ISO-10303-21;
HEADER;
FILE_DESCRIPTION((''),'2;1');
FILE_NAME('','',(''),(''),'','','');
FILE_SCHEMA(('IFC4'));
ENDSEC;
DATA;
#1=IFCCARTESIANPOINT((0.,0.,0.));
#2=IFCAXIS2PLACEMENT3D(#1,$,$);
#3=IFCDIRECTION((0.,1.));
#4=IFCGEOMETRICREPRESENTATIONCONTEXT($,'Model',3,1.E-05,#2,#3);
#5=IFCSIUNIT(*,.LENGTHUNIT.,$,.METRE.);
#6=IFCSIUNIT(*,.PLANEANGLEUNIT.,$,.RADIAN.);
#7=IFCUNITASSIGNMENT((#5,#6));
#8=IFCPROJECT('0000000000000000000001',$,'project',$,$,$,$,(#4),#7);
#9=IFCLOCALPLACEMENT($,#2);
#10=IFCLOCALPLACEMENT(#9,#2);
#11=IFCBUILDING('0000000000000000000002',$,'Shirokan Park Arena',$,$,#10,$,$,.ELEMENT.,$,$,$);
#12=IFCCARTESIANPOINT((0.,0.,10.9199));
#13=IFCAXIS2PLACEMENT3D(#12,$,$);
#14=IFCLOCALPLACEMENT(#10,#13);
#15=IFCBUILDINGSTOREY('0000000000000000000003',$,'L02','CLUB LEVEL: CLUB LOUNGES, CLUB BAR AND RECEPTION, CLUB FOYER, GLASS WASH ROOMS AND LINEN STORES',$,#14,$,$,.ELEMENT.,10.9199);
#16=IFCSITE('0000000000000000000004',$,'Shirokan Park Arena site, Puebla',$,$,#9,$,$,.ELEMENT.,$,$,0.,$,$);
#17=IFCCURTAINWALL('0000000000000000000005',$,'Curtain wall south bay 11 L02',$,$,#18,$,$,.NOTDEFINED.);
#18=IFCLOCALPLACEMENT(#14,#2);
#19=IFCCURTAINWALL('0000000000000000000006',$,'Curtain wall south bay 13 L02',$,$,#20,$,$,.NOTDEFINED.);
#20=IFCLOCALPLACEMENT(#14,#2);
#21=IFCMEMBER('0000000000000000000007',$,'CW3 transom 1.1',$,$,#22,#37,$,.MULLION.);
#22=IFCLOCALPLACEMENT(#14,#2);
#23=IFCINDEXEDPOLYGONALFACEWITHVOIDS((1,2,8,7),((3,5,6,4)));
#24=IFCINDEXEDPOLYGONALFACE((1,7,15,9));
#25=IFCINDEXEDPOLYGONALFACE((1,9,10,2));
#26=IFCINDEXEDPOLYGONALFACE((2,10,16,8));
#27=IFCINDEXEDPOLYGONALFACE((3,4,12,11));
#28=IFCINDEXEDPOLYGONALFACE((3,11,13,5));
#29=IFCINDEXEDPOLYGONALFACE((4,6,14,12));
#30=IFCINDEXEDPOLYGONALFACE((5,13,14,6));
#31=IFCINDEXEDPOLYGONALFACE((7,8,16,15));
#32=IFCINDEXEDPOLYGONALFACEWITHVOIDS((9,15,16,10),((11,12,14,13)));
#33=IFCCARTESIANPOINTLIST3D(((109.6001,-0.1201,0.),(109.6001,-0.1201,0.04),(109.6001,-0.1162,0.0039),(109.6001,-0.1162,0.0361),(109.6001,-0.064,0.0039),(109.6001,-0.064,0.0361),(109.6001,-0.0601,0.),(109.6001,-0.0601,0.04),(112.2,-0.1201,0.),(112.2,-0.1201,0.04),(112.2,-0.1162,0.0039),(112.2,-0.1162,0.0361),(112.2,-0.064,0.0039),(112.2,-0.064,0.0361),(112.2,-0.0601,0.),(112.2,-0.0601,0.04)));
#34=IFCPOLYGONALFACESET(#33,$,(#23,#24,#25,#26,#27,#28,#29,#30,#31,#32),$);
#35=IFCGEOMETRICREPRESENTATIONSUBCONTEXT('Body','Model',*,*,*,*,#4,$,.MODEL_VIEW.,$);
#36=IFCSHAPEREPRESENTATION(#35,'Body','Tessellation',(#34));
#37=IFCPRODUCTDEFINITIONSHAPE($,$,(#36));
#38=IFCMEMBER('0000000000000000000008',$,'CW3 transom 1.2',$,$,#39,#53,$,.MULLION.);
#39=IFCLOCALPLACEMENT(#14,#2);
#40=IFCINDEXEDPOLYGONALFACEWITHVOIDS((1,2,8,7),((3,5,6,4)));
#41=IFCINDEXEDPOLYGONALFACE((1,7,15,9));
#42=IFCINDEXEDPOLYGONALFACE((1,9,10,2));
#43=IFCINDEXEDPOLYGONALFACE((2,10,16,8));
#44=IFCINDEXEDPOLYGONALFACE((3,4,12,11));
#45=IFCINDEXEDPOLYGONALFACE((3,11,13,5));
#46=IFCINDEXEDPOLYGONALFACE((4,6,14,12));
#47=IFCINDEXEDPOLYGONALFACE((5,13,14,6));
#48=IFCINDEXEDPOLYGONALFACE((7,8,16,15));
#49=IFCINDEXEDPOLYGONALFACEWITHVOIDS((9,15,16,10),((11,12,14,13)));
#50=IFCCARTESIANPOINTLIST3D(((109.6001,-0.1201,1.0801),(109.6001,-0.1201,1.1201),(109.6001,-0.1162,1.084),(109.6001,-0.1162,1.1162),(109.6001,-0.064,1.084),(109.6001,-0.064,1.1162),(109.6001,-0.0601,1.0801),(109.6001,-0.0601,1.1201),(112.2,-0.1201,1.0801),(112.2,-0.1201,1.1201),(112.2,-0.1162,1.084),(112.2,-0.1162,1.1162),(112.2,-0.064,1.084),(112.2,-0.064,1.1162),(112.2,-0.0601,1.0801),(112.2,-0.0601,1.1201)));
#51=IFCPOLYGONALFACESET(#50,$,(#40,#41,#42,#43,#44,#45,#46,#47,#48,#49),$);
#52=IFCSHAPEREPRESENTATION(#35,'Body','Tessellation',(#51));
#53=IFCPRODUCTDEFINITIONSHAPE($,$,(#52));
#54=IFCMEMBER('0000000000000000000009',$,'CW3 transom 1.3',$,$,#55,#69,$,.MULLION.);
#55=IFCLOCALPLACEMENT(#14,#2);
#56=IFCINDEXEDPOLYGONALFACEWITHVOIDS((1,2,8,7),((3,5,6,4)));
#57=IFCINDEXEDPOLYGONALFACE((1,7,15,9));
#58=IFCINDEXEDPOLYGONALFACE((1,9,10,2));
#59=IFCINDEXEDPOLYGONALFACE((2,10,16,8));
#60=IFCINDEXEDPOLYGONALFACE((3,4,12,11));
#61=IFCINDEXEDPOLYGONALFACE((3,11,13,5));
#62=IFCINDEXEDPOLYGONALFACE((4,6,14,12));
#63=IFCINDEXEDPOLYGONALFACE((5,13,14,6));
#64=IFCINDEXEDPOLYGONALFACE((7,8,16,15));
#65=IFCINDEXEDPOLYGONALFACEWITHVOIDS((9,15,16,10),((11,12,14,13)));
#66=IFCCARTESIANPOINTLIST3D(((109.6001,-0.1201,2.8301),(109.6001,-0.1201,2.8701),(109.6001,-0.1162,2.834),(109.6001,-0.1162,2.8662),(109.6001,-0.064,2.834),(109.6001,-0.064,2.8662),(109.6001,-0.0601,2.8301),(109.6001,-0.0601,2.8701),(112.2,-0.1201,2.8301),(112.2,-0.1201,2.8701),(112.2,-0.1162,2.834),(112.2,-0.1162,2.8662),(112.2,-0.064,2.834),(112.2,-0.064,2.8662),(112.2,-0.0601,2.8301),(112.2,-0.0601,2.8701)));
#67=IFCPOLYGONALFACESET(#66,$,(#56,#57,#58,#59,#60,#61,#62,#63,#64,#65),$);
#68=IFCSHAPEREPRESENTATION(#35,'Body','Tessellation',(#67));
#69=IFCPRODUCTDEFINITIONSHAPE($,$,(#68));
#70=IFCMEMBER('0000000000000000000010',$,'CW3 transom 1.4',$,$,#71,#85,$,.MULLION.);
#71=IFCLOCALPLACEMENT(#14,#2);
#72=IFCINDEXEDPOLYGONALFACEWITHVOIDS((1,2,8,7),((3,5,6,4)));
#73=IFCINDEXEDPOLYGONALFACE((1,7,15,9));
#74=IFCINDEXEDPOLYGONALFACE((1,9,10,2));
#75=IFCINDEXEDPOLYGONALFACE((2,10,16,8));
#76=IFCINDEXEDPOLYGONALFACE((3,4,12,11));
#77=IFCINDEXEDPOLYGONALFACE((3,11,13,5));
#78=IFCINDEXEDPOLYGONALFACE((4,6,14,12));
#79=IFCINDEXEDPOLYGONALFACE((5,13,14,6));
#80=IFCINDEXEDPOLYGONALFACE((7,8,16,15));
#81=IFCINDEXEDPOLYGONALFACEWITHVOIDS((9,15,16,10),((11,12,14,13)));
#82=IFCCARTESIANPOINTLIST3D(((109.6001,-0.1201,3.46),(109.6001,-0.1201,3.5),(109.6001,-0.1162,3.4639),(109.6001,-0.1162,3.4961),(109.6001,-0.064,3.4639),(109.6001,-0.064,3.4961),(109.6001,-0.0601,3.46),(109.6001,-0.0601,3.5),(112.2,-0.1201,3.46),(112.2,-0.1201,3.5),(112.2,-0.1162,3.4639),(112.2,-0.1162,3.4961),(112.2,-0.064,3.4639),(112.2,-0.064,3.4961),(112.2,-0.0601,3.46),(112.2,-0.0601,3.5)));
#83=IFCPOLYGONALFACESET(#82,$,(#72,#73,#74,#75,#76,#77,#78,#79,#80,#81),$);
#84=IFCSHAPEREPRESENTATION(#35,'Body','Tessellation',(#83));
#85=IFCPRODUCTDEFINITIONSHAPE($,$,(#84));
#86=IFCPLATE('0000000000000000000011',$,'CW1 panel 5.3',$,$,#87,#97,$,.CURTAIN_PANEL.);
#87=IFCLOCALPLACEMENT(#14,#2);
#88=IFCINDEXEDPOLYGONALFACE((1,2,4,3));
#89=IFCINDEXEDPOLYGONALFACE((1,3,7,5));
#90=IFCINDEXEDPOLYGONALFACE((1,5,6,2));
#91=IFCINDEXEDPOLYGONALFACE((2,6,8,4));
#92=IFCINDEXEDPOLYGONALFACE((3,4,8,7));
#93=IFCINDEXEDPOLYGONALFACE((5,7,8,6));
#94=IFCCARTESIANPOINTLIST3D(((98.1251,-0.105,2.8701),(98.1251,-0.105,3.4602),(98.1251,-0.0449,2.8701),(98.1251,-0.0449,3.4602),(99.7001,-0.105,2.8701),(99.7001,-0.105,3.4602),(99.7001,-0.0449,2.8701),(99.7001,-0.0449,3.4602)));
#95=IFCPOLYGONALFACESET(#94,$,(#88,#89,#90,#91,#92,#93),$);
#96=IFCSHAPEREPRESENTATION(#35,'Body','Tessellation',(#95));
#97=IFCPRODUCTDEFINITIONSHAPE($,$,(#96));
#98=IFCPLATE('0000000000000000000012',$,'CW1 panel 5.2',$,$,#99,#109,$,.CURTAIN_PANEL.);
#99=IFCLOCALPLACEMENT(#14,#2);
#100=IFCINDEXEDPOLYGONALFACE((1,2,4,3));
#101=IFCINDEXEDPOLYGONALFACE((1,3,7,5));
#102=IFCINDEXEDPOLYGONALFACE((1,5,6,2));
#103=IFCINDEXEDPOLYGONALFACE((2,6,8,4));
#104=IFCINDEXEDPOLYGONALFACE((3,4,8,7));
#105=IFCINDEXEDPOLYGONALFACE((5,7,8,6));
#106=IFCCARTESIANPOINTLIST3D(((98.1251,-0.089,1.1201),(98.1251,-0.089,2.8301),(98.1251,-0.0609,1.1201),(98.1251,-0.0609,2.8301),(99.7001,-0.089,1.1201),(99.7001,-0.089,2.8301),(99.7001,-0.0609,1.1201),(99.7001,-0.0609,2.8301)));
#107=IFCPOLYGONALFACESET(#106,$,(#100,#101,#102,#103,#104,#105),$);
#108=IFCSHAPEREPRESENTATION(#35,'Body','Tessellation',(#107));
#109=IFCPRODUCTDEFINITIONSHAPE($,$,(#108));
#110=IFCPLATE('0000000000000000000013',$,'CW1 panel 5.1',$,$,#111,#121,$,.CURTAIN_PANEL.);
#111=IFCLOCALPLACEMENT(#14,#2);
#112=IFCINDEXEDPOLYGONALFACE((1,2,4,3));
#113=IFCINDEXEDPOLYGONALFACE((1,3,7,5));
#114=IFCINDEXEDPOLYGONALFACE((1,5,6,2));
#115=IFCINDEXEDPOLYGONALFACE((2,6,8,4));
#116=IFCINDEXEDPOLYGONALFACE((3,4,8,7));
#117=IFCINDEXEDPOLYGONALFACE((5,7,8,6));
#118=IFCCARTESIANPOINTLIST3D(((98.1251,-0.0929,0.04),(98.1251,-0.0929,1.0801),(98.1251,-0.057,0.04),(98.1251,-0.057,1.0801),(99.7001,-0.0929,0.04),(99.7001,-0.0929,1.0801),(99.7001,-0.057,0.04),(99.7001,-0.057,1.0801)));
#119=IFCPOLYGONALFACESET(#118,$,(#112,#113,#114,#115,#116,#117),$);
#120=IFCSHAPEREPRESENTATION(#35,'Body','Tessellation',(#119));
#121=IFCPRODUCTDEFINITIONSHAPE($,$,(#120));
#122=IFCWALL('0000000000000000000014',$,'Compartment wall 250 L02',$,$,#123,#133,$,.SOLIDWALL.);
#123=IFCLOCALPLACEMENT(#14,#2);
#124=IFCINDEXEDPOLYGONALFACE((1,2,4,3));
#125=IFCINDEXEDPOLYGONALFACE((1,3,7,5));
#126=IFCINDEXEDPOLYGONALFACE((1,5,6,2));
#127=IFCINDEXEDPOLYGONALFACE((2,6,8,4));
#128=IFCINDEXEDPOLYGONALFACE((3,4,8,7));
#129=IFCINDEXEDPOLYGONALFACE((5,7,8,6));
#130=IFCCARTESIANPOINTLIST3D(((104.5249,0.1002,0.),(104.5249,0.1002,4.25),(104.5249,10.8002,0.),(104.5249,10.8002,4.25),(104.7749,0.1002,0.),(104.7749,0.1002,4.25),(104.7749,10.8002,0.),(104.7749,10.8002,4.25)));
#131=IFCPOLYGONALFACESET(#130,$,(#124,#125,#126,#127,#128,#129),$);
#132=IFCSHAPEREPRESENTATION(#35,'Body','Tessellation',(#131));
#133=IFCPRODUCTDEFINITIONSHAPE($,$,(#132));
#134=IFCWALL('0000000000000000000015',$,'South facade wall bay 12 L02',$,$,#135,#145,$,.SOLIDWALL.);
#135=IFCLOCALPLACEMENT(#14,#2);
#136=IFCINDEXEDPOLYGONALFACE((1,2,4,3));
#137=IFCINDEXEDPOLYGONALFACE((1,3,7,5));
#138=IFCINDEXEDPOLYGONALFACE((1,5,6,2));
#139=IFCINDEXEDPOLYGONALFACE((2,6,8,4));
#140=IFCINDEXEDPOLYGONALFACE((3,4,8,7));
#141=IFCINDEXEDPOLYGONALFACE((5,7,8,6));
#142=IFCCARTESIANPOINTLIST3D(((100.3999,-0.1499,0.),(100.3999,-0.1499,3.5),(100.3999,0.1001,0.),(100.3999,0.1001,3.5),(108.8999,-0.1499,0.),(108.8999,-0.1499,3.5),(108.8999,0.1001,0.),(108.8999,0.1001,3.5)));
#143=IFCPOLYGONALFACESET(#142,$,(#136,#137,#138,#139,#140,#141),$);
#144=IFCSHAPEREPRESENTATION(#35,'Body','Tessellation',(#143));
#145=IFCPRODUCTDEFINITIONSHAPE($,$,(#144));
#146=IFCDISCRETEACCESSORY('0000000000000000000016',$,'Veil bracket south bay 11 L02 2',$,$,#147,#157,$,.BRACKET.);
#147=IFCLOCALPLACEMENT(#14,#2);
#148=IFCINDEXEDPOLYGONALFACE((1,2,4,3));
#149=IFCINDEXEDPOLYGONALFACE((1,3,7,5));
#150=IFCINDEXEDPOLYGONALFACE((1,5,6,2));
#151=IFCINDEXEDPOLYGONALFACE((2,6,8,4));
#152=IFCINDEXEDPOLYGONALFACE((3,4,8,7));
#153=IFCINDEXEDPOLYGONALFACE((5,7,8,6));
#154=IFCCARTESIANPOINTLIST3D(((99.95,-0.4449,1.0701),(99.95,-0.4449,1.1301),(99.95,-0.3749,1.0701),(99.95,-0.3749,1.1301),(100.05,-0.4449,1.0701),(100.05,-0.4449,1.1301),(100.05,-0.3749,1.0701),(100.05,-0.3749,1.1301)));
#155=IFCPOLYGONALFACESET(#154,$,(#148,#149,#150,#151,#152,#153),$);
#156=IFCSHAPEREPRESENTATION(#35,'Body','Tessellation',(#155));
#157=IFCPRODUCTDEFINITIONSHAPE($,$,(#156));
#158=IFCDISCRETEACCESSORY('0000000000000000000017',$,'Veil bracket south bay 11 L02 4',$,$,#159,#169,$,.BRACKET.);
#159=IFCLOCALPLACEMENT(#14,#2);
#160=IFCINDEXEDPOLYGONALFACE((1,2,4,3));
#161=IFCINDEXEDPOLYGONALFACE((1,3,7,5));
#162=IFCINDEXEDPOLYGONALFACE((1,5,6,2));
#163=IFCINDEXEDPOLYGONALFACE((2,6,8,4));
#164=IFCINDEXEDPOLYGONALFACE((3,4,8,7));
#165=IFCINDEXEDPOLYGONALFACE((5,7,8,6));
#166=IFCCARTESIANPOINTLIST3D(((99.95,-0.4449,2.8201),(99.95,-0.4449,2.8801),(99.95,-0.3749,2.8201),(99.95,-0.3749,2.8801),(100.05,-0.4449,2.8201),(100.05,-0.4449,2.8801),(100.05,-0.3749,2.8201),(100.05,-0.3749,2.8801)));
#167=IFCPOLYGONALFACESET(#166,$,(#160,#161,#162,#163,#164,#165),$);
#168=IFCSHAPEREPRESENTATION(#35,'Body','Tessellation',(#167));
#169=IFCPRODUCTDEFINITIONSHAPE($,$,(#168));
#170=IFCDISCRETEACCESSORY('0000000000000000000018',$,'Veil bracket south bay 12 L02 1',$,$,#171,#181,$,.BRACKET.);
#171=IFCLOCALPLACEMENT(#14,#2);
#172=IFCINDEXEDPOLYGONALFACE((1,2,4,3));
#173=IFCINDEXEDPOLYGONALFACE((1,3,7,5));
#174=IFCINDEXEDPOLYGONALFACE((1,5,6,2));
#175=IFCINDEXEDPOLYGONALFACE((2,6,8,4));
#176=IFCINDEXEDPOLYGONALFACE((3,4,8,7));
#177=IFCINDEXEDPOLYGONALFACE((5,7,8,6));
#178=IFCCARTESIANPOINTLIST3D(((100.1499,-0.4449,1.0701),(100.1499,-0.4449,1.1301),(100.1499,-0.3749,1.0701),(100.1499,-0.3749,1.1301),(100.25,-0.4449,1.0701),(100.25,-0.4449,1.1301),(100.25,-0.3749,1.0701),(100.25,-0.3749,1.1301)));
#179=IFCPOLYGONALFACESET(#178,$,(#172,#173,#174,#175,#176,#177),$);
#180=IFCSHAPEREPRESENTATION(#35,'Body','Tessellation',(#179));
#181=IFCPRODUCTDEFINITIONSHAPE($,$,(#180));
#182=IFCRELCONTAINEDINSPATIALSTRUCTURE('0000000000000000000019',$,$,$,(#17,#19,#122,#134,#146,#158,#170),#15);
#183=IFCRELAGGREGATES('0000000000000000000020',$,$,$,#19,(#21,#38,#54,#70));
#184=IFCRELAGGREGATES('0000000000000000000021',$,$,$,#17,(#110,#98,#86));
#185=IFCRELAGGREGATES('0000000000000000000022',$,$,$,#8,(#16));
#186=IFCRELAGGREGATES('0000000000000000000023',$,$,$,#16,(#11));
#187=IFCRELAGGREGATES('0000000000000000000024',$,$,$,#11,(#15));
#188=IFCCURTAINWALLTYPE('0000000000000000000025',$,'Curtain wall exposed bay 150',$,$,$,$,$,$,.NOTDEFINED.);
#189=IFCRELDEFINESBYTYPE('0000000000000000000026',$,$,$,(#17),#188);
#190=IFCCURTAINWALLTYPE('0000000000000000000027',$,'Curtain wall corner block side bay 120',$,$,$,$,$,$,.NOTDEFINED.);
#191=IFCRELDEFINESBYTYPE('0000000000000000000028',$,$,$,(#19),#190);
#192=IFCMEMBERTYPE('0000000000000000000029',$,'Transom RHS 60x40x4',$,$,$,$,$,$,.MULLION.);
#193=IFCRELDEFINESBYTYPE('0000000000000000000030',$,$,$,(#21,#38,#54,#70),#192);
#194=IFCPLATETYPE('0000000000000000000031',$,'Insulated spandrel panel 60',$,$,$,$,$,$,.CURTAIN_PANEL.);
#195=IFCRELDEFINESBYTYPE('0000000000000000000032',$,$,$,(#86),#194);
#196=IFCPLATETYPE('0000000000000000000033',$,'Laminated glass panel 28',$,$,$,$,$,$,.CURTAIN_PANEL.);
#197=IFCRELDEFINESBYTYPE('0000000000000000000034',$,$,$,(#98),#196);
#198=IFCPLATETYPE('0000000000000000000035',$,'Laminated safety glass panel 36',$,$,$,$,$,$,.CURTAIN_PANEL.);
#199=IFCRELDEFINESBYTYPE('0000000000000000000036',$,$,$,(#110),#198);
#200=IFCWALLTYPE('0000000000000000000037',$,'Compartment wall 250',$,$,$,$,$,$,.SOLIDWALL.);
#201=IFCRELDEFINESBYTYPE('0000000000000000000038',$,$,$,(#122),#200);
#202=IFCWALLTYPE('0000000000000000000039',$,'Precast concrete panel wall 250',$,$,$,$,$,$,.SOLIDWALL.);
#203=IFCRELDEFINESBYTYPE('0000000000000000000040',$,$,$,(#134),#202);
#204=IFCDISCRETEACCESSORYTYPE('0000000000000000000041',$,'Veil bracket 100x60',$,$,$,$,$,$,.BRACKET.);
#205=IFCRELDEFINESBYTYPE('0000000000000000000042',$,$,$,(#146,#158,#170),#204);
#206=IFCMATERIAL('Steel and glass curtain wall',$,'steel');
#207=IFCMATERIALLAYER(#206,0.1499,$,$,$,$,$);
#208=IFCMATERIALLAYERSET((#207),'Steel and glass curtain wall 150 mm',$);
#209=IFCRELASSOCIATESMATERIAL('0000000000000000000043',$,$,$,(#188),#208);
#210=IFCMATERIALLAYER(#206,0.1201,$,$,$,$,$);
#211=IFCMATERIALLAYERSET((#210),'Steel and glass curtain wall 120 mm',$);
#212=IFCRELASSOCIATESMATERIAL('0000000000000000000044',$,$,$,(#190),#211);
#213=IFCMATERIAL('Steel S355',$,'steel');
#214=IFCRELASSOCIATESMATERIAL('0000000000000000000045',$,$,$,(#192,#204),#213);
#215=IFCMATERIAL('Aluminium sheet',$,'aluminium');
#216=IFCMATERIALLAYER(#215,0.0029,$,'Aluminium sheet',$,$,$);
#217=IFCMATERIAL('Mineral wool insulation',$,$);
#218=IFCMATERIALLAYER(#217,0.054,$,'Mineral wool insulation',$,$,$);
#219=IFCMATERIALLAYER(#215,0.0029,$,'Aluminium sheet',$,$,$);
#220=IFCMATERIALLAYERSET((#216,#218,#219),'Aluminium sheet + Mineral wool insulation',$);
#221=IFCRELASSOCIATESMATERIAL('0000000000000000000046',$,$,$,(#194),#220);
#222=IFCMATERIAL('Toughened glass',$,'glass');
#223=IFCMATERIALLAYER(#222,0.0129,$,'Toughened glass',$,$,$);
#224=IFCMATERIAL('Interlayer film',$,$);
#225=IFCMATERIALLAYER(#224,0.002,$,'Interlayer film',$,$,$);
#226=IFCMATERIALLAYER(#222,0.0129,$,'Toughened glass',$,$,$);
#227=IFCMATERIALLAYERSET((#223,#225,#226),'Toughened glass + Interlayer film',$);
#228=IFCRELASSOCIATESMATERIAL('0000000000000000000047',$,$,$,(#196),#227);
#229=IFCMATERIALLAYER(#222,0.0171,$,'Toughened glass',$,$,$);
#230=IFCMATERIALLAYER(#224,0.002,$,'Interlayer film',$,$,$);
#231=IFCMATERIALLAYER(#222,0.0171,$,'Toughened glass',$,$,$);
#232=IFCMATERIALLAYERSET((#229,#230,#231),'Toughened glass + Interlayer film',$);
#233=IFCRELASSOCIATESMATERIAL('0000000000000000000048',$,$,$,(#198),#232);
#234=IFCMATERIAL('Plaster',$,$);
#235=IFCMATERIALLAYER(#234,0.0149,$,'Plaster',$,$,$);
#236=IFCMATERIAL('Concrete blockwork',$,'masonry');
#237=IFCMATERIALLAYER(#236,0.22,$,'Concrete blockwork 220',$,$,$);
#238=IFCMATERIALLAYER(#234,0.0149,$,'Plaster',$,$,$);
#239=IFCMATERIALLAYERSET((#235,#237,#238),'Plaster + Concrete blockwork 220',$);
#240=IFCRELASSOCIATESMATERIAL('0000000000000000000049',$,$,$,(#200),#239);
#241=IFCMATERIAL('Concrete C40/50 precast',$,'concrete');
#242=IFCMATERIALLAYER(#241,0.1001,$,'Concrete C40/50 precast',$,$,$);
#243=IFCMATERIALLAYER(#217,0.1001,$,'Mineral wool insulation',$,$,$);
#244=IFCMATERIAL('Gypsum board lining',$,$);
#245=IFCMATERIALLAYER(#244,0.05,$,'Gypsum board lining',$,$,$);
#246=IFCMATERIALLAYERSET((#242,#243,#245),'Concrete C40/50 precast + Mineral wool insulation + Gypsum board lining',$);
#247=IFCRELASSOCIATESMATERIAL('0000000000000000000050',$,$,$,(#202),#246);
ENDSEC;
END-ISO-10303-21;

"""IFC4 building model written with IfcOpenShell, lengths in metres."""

from ifc_helpers import new_model, si_unit, direction, frame, frame_2d, origin, origin_2d, place, context, subcontext, project, spatial, rectangle, hollow_rectangle, extrude, material, layer, layer_set, material_profile, profile_set, type_object, element, aggregate, save


model = new_model("IFC4")

# Units and contexts
model_context = context("Model", 3, precision=1e-05, world=origin(), true_north=direction((0.0, 1.0)))
body_context = subcontext(model_context, "Body", "Model", "MODEL_VIEW")
ifc_project = project(units=[si_unit("LENGTHUNIT", "METRE"), si_unit("PLANEANGLEUNIT", "RADIAN")], contexts=[model_context])

# Site, building, storey
site_placement = place(None, origin())
site = spatial("IfcSite", under=ifc_project, at=site_placement, Name="Shirokan Park Arena site, Puebla", CompositionType="ELEMENT", RefElevation=0.0)
building_placement = place(site_placement, origin())
building = spatial("IfcBuilding", under=site, at=building_placement, Name="Shirokan Park Arena", CompositionType="ELEMENT")
storey_placement = place(building_placement, frame((0.0, 0.0, 10.9199)))
storey = spatial("IfcBuildingStorey", under=building, at=storey_placement, Name="L02", Description="CLUB LEVEL: CLUB LOUNGES, CLUB BAR AND RECEPTION, CLUB FOYER, GLASS WASH ROOMS AND LINEN STORES", CompositionType="ELEMENT", Elevation=10.9199)

# Curtain walls
ifc_material_1 = material(Name="Steel and glass curtain wall", Category="steel")
ifc_layer_1 = layer(ifc_material_1, 0.1499)
ifc_layer_set_1 = layer_set([ifc_layer_1], Name="Steel and glass curtain wall 150 mm")
curtain_wall_type_1 = type_object("IfcCurtainWallType", Name="Curtain wall exposed bay 150", PredefinedType="NOTDEFINED", material=ifc_layer_set_1)
curtain_wall_1_placement = place(storey_placement, origin())
curtain_wall_1 = element("IfcCurtainWall", 1, at=curtain_wall_1_placement, inside=storey, type_object=curtain_wall_type_1, Name="Curtain wall south bay 11 L02", PredefinedType="NOTDEFINED")
ifc_material_2 = material(Name="Steel S355", Category="steel")
ifc_layer_2 = layer(ifc_material_1, 0.1201)
ifc_layer_set_2 = layer_set([ifc_layer_2], Name="Steel and glass curtain wall 120 mm")
curtain_wall_type_2 = type_object("IfcCurtainWallType", Name="Curtain wall corner block side bay 120", PredefinedType="NOTDEFINED", material=ifc_layer_set_2)
curtain_wall_2_placement = place(storey_placement, origin())
curtain_wall_2 = element("IfcCurtainWall", 2, at=curtain_wall_2_placement, inside=storey, type_object=curtain_wall_type_2, Name="Curtain wall south bay 13 L02", PredefinedType="NOTDEFINED")

# Members
ifc_material_profile_1 = material_profile(ifc_material_2, hollow_rectangle(XDim=0.0601, YDim=0.04, WallThickness=0.0039, at=origin_2d()), Name="RHS 60x40x4")
ifc_profile_set_1 = profile_set([ifc_material_profile_1], Name="Steel S355")
member_type_1 = type_object("IfcMemberType", Name="Transom RHS 60x40x4", PredefinedType="MULLION", material=ifc_profile_set_1)
member_1_placement = place(storey_placement, frame((109.6001, -0.0901, 0.02), z_axis=(1.0, 0.0, 0.0), x_axis=(0.0, 1.0, 0.0)))
member_1 = element("IfcMember", 3, at=member_1_placement, type_object=member_type_1, Name="CW3 transom 1.1", PredefinedType="MULLION", context=body_context, shape_type="SweptSolid", body=[
    extrude(hollow_rectangle(XDim=0.0601, YDim=0.04, WallThickness=0.0039, at=origin_2d()), origin(), (0.0, 0.0, 1.0), 2.5999),
])
member_2_placement = place(storey_placement, frame((109.6001, -0.0901, 1.1001), z_axis=(1.0, 0.0, 0.0), x_axis=(0.0, 1.0, 0.0)))
member_2 = element("IfcMember", 4, at=member_2_placement, type_object=member_type_1, Name="CW3 transom 1.2", PredefinedType="MULLION", context=body_context, shape_type="SweptSolid", body=[
    extrude(hollow_rectangle(XDim=0.0601, YDim=0.04, WallThickness=0.0039, at=origin_2d()), origin(), (0.0, 0.0, 1.0), 2.5999),
])
member_3_placement = place(storey_placement, frame((109.6001, -0.0901, 2.8501), z_axis=(1.0, 0.0, 0.0), x_axis=(0.0, 1.0, 0.0)))
member_3 = element("IfcMember", 5, at=member_3_placement, type_object=member_type_1, Name="CW3 transom 1.3", PredefinedType="MULLION", context=body_context, shape_type="SweptSolid", body=[
    extrude(hollow_rectangle(XDim=0.0601, YDim=0.04, WallThickness=0.0039, at=origin_2d()), origin(), (0.0, 0.0, 1.0), 2.5999),
])
member_4_placement = place(storey_placement, frame((109.6001, -0.0901, 3.48), z_axis=(1.0, 0.0, 0.0), x_axis=(0.0, 1.0, 0.0)))
member_4 = element("IfcMember", 6, at=member_4_placement, type_object=member_type_1, Name="CW3 transom 1.4", PredefinedType="MULLION", context=body_context, shape_type="SweptSolid", body=[
    extrude(hollow_rectangle(XDim=0.0601, YDim=0.04, WallThickness=0.0039, at=origin_2d()), origin(), (0.0, 0.0, 1.0), 2.5999),
])
aggregate(curtain_wall_2, [member_1, member_2, member_3, member_4])

# Plates
ifc_material_3 = material(Name="Aluminium sheet", Category="aluminium")
ifc_layer_3 = layer(ifc_material_3, 0.0029, Name="Aluminium sheet")
ifc_material_4 = material(Name="Mineral wool insulation")
ifc_layer_4 = layer(ifc_material_4, 0.054, Name="Mineral wool insulation")
ifc_layer_5 = layer(ifc_material_3, 0.0029, Name="Aluminium sheet")
ifc_layer_set_3 = layer_set([ifc_layer_3, ifc_layer_4, ifc_layer_5], Name="Aluminium sheet + Mineral wool insulation")
plate_type_1 = type_object("IfcPlateType", Name="Insulated spandrel panel 60", PredefinedType="CURTAIN_PANEL", material=ifc_layer_set_3)
plate_1_placement = place(storey_placement, frame((98.9126, -0.075, 2.8701), z_axis=(0.0, 0.0, 1.0), x_axis=(1.0, 0.0, 0.0)))
plate_1 = element("IfcPlate", 7, at=plate_1_placement, type_object=plate_type_1, Name="CW1 panel 5.3", PredefinedType="CURTAIN_PANEL", context=body_context, shape_type="SweptSolid", body=[
    extrude(rectangle(XDim=1.575, YDim=0.0601, at=origin_2d()), origin(), (0.0, 0.0, 1.0), 0.5901),
])
ifc_material_5 = material(Name="Toughened glass", Category="glass")
ifc_layer_6 = layer(ifc_material_5, 0.0129, Name="Toughened glass")
ifc_material_6 = material(Name="Interlayer film")
ifc_layer_7 = layer(ifc_material_6, 0.002, Name="Interlayer film")
ifc_layer_8 = layer(ifc_material_5, 0.0129, Name="Toughened glass")
ifc_layer_set_4 = layer_set([ifc_layer_6, ifc_layer_7, ifc_layer_8], Name="Toughened glass + Interlayer film")
plate_type_2 = type_object("IfcPlateType", Name="Laminated glass panel 28", PredefinedType="CURTAIN_PANEL", material=ifc_layer_set_4)
plate_2_placement = place(storey_placement, frame((98.9126, -0.075, 1.1201), z_axis=(0.0, 0.0, 1.0), x_axis=(1.0, 0.0, 0.0)))
plate_2 = element("IfcPlate", 8, at=plate_2_placement, type_object=plate_type_2, Name="CW1 panel 5.2", PredefinedType="CURTAIN_PANEL", context=body_context, shape_type="SweptSolid", body=[
    extrude(rectangle(XDim=1.575, YDim=0.0281, at=origin_2d()), origin(), (0.0, 0.0, 1.0), 1.71),
])
ifc_layer_9 = layer(ifc_material_5, 0.0171, Name="Toughened glass")
ifc_layer_10 = layer(ifc_material_6, 0.002, Name="Interlayer film")
ifc_layer_11 = layer(ifc_material_5, 0.0171, Name="Toughened glass")
ifc_layer_set_5 = layer_set([ifc_layer_9, ifc_layer_10, ifc_layer_11], Name="Toughened glass + Interlayer film")
plate_type_3 = type_object("IfcPlateType", Name="Laminated safety glass panel 36", PredefinedType="CURTAIN_PANEL", material=ifc_layer_set_5)
plate_3_placement = place(storey_placement, frame((98.9126, -0.075, 0.04), z_axis=(0.0, 0.0, 1.0), x_axis=(1.0, 0.0, 0.0)))
plate_3 = element("IfcPlate", 9, at=plate_3_placement, type_object=plate_type_3, Name="CW1 panel 5.1", PredefinedType="CURTAIN_PANEL", context=body_context, shape_type="SweptSolid", body=[
    extrude(rectangle(XDim=1.575, YDim=0.0359, at=origin_2d()), origin(), (0.0, 0.0, 1.0), 1.04),
])
aggregate(curtain_wall_1, [plate_3, plate_2, plate_1])

# Walls
ifc_material_7 = material(Name="Plaster")
ifc_layer_12 = layer(ifc_material_7, 0.0149, Name="Plaster")
ifc_material_8 = material(Name="Concrete blockwork", Category="masonry")
ifc_layer_13 = layer(ifc_material_8, 0.22, Name="Concrete blockwork 220")
ifc_layer_14 = layer(ifc_material_7, 0.0149, Name="Plaster")
ifc_layer_set_6 = layer_set([ifc_layer_12, ifc_layer_13, ifc_layer_14], Name="Plaster + Concrete blockwork 220")
wall_type_1 = type_object("IfcWallType", Name="Compartment wall 250", PredefinedType="SOLIDWALL", material=ifc_layer_set_6)
wall_1_placement = place(storey_placement, frame((104.6499, 0.1001, 0.0), z_axis=(0.0, 0.0, 1.0), x_axis=(0.0, 1.0, 0.0)))
element("IfcWall", 10, at=wall_1_placement, inside=storey, type_object=wall_type_1, Name="Compartment wall 250 L02", PredefinedType="SOLIDWALL", context=body_context, shape_type="SweptSolid", body=[
    extrude(rectangle(XDim=10.7, YDim=0.25, at=frame_2d((5.3501, 0.0))), origin(), (0.0, 0.0, 1.0), 4.25),
])
ifc_material_9 = material(Name="Concrete C40/50 precast", Category="concrete")
ifc_layer_15 = layer(ifc_material_9, 0.1001, Name="Concrete C40/50 precast")
ifc_layer_16 = layer(ifc_material_4, 0.1001, Name="Mineral wool insulation")
ifc_material_10 = material(Name="Gypsum board lining")
ifc_layer_17 = layer(ifc_material_10, 0.05, Name="Gypsum board lining")
ifc_layer_set_7 = layer_set([ifc_layer_15, ifc_layer_16, ifc_layer_17], Name="Concrete C40/50 precast + Mineral wool insulation + Gypsum board lining")
wall_type_2 = type_object("IfcWallType", Name="Precast concrete panel wall 250", PredefinedType="SOLIDWALL", material=ifc_layer_set_7)
wall_2_placement = place(storey_placement, frame((100.3999, -0.0249, 0.0), z_axis=(0.0, 0.0, 1.0), x_axis=(1.0, 0.0, 0.0)))
element("IfcWall", 11, at=wall_2_placement, inside=storey, type_object=wall_type_2, Name="South facade wall bay 12 L02", PredefinedType="SOLIDWALL", context=body_context, shape_type="SweptSolid", body=[
    extrude(rectangle(XDim=8.5, YDim=0.25, at=frame_2d((4.25, 0.0))), origin(), (0.0, 0.0, 1.0), 3.5),
])

# Discrete accessories
discrete_accessory_type = type_object("IfcDiscreteAccessoryType", Name="Veil bracket 100x60", PredefinedType="BRACKET", material=ifc_material_2)
for number, where, z_axis, x_axis, name in (
    (12, (100.0, -0.4099, 1.0701), (0.0, 0.0, 1.0), (1.0, 0.0, 0.0), "Veil bracket south bay 11 L02 2"),
    (13, (100.0, -0.4099, 2.8201), (0.0, 0.0, 1.0), (1.0, 0.0, 0.0), "Veil bracket south bay 11 L02 4"),
    (14, (100.2, -0.4099, 1.0701), (0.0, 0.0, 1.0), (1.0, 0.0, 0.0), "Veil bracket south bay 12 L02 1"),
):
    element("IfcDiscreteAccessory", number, at=place(storey_placement, frame(where, z_axis=z_axis, x_axis=x_axis)), inside=storey, type_object=discrete_accessory_type, Name=name, PredefinedType="BRACKET", context=body_context, shape_type="SweptSolid", body=[
        extrude(rectangle(XDim=0.1001, YDim=0.0701, at=origin_2d()), origin(), (0.0, 0.0, 1.0), 0.0601),
    ])

save(model, "model.ifc")
